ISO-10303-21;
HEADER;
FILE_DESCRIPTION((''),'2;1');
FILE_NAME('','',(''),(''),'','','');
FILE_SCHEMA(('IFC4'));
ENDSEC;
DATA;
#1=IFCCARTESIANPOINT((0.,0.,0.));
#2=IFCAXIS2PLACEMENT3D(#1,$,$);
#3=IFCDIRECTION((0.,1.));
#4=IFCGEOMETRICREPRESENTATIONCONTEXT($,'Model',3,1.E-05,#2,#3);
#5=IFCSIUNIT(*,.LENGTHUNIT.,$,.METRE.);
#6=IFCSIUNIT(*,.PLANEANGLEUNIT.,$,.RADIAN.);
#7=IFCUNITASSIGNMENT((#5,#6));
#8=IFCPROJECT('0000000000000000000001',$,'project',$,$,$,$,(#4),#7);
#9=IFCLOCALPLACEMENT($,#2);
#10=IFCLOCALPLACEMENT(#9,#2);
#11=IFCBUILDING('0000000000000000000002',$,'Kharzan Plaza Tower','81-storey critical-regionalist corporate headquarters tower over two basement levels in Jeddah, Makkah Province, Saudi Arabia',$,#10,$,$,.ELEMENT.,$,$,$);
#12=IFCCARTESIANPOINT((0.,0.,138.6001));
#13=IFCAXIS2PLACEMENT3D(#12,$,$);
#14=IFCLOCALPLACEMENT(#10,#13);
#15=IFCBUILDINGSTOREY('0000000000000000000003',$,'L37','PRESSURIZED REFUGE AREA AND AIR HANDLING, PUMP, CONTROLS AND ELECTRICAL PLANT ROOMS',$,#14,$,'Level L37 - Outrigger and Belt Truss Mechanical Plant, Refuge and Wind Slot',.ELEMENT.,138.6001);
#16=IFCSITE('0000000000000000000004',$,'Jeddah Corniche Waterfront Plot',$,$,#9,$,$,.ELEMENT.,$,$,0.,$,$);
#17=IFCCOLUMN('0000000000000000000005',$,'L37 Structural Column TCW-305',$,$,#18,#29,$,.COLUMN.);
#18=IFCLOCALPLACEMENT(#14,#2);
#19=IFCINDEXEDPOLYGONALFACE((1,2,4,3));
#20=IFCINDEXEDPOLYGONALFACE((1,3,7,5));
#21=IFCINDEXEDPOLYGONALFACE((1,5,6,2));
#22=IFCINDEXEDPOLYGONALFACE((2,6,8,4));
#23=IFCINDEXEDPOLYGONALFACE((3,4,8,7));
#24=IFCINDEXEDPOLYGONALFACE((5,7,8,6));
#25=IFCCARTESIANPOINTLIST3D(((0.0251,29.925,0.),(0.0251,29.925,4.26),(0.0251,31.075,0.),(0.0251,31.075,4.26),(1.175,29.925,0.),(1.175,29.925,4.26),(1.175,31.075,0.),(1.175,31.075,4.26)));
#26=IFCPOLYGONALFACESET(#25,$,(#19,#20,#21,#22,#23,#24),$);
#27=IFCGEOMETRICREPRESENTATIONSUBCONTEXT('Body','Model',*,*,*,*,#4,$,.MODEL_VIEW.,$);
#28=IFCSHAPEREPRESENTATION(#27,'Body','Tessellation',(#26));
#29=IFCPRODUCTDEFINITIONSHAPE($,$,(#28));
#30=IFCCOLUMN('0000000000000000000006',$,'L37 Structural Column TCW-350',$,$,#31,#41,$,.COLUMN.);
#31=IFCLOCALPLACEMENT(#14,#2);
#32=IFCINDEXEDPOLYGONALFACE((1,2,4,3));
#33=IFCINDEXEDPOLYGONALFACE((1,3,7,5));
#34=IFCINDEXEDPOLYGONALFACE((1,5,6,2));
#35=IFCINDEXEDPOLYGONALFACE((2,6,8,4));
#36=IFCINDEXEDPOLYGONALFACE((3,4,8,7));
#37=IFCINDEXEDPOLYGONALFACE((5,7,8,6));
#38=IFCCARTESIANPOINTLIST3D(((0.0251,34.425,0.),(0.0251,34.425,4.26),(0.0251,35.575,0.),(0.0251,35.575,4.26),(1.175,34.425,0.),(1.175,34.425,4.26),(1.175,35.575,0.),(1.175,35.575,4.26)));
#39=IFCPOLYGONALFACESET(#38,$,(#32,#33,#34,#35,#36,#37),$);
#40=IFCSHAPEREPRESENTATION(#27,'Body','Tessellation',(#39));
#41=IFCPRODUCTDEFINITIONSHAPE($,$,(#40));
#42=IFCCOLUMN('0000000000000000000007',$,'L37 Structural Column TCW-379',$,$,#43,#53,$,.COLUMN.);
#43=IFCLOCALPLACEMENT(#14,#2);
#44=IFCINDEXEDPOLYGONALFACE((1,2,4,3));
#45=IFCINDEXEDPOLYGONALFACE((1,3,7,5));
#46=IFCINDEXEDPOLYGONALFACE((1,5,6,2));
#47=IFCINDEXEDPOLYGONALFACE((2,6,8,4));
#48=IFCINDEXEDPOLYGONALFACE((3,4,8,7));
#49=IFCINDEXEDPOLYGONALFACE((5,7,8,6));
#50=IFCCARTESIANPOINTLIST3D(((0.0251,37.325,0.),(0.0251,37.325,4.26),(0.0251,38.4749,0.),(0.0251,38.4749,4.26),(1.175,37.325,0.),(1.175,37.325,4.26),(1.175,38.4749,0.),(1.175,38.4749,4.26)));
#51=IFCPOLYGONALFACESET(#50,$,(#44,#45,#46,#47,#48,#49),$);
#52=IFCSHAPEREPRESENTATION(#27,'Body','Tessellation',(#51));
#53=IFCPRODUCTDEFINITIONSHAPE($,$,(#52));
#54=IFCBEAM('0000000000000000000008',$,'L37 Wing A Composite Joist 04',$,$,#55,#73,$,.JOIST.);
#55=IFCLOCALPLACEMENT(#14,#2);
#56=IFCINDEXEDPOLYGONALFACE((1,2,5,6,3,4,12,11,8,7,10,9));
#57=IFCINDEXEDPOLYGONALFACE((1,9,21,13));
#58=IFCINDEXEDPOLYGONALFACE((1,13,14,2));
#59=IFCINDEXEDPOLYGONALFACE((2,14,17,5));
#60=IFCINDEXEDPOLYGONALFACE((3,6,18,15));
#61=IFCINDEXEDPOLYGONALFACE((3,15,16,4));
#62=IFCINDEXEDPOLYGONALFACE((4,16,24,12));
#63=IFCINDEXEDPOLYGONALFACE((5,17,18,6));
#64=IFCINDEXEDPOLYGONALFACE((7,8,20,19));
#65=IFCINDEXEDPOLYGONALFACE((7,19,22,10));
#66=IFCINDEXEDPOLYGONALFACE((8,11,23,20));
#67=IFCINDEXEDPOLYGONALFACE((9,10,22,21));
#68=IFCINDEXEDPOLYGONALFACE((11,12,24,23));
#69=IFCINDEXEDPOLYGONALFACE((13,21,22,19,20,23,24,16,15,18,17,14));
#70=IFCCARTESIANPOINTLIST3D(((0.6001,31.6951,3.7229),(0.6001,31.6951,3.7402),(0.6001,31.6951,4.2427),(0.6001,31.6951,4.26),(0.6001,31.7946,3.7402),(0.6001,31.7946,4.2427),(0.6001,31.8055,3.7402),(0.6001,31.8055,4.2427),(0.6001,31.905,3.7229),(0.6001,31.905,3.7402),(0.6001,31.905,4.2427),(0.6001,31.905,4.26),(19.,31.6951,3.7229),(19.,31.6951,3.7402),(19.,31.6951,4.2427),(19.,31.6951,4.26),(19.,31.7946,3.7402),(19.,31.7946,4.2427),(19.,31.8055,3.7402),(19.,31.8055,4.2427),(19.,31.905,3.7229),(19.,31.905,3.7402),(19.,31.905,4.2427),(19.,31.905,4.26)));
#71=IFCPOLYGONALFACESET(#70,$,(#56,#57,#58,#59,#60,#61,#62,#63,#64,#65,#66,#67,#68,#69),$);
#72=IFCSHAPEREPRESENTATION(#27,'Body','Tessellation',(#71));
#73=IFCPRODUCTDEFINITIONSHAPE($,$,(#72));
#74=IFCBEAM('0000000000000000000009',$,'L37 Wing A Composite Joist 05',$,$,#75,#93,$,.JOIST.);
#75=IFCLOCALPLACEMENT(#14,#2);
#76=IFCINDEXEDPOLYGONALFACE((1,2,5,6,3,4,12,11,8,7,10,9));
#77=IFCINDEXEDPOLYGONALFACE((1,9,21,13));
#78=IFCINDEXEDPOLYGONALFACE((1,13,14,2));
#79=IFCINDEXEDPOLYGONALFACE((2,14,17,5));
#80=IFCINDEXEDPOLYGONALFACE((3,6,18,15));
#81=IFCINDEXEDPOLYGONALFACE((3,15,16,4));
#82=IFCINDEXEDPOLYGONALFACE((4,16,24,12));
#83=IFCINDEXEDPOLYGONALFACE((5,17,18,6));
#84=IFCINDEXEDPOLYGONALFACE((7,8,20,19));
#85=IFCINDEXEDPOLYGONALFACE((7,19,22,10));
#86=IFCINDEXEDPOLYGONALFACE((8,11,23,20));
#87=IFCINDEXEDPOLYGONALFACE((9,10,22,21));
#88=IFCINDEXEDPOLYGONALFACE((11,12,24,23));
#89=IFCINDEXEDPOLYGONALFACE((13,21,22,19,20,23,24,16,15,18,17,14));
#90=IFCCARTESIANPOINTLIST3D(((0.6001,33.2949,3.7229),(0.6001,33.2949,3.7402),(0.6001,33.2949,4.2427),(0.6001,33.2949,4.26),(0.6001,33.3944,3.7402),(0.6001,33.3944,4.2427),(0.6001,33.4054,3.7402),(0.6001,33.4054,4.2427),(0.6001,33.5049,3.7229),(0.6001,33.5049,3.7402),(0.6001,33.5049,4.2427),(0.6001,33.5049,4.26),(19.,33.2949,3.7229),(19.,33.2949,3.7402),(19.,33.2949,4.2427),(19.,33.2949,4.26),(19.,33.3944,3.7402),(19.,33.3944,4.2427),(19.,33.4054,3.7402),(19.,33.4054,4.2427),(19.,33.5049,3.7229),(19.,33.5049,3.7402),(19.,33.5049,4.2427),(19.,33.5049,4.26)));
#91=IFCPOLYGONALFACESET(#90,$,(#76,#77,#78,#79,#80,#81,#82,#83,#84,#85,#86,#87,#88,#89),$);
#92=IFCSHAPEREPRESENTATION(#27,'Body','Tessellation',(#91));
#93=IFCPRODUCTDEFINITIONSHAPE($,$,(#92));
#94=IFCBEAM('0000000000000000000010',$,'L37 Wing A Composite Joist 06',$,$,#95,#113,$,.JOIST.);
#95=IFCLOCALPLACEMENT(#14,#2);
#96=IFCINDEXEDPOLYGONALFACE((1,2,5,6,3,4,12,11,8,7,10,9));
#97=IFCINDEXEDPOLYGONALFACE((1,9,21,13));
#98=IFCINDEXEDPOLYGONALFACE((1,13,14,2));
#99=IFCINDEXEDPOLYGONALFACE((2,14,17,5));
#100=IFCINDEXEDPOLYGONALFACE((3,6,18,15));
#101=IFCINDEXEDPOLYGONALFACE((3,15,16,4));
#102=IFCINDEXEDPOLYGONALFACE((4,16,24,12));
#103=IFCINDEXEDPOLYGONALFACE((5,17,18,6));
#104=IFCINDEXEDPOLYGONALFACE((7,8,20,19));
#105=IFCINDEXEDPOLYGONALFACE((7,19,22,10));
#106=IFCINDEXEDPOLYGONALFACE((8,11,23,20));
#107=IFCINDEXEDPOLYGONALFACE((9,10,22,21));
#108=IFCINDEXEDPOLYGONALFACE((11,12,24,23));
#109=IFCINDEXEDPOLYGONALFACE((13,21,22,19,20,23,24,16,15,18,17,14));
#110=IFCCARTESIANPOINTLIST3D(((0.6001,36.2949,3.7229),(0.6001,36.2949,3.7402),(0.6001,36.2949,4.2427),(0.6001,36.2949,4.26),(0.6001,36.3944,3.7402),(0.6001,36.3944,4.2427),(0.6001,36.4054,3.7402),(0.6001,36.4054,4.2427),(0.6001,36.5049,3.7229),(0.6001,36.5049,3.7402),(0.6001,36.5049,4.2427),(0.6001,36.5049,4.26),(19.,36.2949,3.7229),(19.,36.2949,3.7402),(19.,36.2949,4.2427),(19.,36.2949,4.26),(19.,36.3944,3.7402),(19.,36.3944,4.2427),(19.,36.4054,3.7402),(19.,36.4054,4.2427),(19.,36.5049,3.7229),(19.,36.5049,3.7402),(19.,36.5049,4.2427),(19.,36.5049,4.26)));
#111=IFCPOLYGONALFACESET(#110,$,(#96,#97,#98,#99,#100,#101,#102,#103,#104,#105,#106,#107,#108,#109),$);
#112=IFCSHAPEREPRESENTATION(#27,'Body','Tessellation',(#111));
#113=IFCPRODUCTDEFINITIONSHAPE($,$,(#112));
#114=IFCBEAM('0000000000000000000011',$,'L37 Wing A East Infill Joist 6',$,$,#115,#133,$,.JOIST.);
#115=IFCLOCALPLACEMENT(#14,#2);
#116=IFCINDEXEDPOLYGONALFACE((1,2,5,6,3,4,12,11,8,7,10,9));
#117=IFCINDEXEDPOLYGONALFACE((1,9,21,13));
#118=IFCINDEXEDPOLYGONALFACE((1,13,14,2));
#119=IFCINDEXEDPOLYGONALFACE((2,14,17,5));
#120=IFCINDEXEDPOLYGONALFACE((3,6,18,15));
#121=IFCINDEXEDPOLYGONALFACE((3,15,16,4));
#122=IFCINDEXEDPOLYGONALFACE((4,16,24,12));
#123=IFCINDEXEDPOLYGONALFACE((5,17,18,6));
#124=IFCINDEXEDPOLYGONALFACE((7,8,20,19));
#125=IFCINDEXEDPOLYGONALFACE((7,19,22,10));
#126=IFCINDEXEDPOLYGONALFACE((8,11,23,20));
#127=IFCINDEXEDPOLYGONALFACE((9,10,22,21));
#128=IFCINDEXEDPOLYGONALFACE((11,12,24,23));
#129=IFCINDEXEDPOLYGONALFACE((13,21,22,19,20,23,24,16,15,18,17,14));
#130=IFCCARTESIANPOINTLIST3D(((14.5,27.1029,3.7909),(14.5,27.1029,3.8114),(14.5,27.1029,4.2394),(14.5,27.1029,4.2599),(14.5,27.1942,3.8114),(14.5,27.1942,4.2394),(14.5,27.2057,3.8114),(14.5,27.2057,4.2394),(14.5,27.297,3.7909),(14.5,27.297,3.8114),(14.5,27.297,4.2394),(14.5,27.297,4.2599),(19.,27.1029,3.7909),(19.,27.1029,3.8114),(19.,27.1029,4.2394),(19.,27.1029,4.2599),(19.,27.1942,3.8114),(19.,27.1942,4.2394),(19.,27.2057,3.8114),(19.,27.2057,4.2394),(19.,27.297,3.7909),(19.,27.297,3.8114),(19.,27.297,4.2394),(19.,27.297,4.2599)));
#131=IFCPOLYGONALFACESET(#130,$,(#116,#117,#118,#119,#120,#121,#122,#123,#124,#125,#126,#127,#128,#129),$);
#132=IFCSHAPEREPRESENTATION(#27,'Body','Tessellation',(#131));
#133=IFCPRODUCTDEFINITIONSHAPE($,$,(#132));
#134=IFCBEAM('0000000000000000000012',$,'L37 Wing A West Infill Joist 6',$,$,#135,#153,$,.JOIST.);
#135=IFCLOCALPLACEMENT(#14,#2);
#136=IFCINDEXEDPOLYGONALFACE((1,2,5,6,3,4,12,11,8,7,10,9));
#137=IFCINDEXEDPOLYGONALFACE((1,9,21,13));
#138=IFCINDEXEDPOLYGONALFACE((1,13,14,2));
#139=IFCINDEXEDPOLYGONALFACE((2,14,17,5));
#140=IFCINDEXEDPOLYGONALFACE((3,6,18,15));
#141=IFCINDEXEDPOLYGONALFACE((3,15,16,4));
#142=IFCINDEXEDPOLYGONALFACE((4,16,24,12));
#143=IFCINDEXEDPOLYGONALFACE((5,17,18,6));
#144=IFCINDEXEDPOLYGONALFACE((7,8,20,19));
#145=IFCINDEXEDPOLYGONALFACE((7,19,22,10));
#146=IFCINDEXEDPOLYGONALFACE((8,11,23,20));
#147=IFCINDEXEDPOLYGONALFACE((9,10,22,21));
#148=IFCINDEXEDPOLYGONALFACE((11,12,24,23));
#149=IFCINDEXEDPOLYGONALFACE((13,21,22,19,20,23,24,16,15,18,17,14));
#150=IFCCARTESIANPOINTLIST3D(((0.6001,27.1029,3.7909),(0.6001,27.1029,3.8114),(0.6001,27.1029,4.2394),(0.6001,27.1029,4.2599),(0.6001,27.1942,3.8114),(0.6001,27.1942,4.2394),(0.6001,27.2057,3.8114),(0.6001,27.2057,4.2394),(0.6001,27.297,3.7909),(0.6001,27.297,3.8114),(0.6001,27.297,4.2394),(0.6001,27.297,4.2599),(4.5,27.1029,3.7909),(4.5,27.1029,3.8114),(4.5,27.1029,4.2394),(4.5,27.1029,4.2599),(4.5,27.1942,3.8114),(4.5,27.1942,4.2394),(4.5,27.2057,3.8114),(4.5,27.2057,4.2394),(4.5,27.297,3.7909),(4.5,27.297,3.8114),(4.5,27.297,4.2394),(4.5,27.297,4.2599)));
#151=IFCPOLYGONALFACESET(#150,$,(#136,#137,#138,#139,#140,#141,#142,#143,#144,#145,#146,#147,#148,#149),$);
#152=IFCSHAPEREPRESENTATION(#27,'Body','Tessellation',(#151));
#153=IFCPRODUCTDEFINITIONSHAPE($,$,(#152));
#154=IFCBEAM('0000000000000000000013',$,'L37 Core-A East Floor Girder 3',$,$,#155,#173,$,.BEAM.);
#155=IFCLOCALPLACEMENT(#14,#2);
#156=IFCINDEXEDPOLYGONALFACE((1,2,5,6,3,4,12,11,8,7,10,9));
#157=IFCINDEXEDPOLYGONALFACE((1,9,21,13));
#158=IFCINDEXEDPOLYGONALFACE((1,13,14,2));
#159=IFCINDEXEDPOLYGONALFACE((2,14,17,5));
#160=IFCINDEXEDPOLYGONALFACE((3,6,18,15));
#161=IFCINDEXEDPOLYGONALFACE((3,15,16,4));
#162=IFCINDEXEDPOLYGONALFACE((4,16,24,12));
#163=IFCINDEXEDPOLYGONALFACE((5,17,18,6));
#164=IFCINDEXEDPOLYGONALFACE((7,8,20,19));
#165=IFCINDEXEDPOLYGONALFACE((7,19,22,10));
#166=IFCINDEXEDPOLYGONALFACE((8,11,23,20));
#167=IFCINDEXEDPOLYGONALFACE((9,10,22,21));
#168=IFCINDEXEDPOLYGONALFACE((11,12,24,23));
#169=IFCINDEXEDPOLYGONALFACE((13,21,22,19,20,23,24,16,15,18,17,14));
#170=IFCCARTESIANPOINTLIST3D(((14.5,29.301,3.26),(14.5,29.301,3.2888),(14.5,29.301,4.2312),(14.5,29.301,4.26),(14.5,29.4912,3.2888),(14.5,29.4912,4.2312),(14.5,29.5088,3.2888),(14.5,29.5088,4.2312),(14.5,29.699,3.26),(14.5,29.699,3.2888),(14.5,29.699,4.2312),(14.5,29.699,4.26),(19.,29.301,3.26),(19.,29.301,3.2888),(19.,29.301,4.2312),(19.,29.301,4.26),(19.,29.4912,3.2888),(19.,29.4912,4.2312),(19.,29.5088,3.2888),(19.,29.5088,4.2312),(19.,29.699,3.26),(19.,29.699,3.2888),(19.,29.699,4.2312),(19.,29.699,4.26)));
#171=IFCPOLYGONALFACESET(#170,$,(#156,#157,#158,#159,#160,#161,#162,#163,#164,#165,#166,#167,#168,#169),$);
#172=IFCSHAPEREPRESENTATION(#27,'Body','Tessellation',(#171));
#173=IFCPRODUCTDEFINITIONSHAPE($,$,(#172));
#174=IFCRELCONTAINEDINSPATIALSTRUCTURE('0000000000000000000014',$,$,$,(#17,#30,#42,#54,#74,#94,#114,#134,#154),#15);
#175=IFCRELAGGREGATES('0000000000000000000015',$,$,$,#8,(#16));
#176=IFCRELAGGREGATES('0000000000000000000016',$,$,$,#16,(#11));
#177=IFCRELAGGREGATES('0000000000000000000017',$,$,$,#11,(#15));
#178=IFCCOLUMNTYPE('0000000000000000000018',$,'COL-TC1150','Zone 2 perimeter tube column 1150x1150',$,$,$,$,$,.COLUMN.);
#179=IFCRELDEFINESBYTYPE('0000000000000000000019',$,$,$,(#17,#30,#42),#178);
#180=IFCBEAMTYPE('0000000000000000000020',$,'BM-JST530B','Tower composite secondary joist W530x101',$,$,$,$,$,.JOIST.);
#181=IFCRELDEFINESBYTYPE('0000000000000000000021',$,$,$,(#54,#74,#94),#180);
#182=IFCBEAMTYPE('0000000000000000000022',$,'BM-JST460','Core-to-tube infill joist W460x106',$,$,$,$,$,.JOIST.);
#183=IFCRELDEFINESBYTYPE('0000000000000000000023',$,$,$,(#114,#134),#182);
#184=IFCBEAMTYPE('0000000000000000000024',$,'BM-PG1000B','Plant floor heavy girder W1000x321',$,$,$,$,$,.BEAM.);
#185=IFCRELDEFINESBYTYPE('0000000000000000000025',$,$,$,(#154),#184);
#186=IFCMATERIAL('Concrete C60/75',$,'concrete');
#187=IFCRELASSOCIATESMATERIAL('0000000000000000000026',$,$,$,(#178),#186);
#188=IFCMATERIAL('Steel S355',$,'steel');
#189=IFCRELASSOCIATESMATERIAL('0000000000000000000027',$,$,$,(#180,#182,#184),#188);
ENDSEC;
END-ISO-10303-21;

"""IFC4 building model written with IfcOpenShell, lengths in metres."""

from ifc_helpers import new_model, si_unit, direction, frame, origin, origin_2d, place, context, subcontext, project, spatial, rectangle, i_section, extrude, source, transform, mapped, material, material_profile, profile_set, type_object, element, save


model = new_model("IFC4")

# Units and contexts
model_context = context("Model", 3, precision=1e-05, world=origin(), true_north=direction((0.0, 1.0)))
body_context = subcontext(model_context, "Body", "Model", "MODEL_VIEW")
ifc_project = project(units=[si_unit("LENGTHUNIT", "METRE"), si_unit("PLANEANGLEUNIT", "RADIAN")], contexts=[model_context])

# Site, building, storey
site_placement = place(None, origin())
site = spatial("IfcSite", under=ifc_project, at=site_placement, Name="Jeddah Corniche Waterfront Plot", CompositionType="ELEMENT", RefElevation=0.0)
building_placement = place(site_placement, origin())
building = spatial("IfcBuilding", under=site, at=building_placement, Name="Kharzan Plaza Tower", Description="81-storey critical-regionalist corporate headquarters tower over two basement levels in Jeddah, Makkah Province, Saudi Arabia", CompositionType="ELEMENT")
storey_placement = place(building_placement, frame((0.0, 0.0, 138.6001)))
storey = spatial("IfcBuildingStorey", under=building, at=storey_placement, Name="L37", Description="PRESSURIZED REFUGE AREA AND AIR HANDLING, PUMP, CONTROLS AND ELECTRICAL PLANT ROOMS", LongName="Level L37 - Outrigger and Belt Truss Mechanical Plant, Refuge and Wind Slot", CompositionType="ELEMENT", Elevation=138.6001)

# Columns
ifc_material_1 = material(Name="Concrete C60/75", Category="concrete")
ifc_material_profile_1 = material_profile(ifc_material_1, rectangle(XDim=1.1499, YDim=1.1499, at=origin_2d()), Name="RC-TC1150x1150")
ifc_profile_set_1 = profile_set([ifc_material_profile_1], Name="Concrete C60/75")
column_type = type_object("IfcColumnType", Name="COL-TC1150", Description="Zone 2 perimeter tube column 1150x1150", PredefinedType="COLUMN", material=ifc_profile_set_1)
shared_shape_1 = source(origin(), body_context, "Body", "SweptSolid", [
    extrude(rectangle(XDim=1.1499, YDim=1.1499, at=origin_2d()), origin(), (0.0, 0.0, 1.0), 4.26),
])
for number, where, z_axis, x_axis, name in (
    (1, (0.6001, 30.5, 0.0), (0.0, 0.0, 1.0), (1.0, 0.0, 0.0), "L37 Structural Column TCW-305"),
    (2, (0.6001, 35.0, 0.0), (0.0, 0.0, 1.0), (1.0, 0.0, 0.0), "L37 Structural Column TCW-350"),
    (3, (0.6001, 37.8999, 0.0), (0.0, 0.0, 1.0), (1.0, 0.0, 0.0), "L37 Structural Column TCW-379"),
):
    element("IfcColumn", number, at=place(storey_placement, frame(where, z_axis=z_axis, x_axis=x_axis)), inside=storey, type_object=column_type, Name=name, PredefinedType="COLUMN", context=body_context, shape_type="MappedRepresentation", body=[
        mapped(shared_shape_1, transform((0.0, 0.0, 0.0), x_axis=(1.0, 0.0, 0.0), y_axis=(0.0, 1.0, 0.0), z_axis=(0.0, 0.0, 1.0))),
    ])

# Beams
ifc_material_2 = material(Name="Steel S355", Category="steel")
ifc_material_profile_2 = material_profile(ifc_material_2, i_section(OverallWidth=0.21, OverallDepth=0.5371, WebThickness=0.011, FlangeThickness=0.0173, at=origin_2d()), Name="W530x101")
ifc_profile_set_2 = profile_set([ifc_material_profile_2], Name="Steel S355")
beam_type_1 = type_object("IfcBeamType", Name="BM-JST530B", Description="Tower composite secondary joist W530x101", PredefinedType="JOIST", material=ifc_profile_set_2)
shared_shape_2 = source(origin(), body_context, "Body", "SweptSolid", [
    extrude(i_section(OverallWidth=0.21, OverallDepth=0.5371, WebThickness=0.011, FlangeThickness=0.0173, at=origin_2d()), origin(), (0.0, 0.0, 1.0), 18.3999),
])
for number, where, z_axis, x_axis, name in (
    (4, (0.6001, 31.8, 3.9915), (1.0, 0.0, 0.0), (0.0, 1.0, 0.0), "L37 Wing A Composite Joist 04"),
    (5, (0.6001, 33.3999, 3.9915), (1.0, 0.0, 0.0), (0.0, 1.0, 0.0), "L37 Wing A Composite Joist 05"),
    (6, (0.6001, 36.3999, 3.9915), (1.0, 0.0, 0.0), (0.0, 1.0, 0.0), "L37 Wing A Composite Joist 06"),
):
    element("IfcBeam", number, at=place(storey_placement, frame(where, z_axis=z_axis, x_axis=x_axis)), inside=storey, type_object=beam_type_1, Name=name, PredefinedType="JOIST", context=body_context, shape_type="MappedRepresentation", body=[
        mapped(shared_shape_2, transform((0.0, 0.0, 0.0), x_axis=(1.0, 0.0, 0.0), y_axis=(0.0, 1.0, 0.0), z_axis=(0.0, 0.0, 1.0))),
    ])
ifc_material_profile_3 = material_profile(ifc_material_2, i_section(OverallWidth=0.1941, OverallDepth=0.469, WebThickness=0.0115, FlangeThickness=0.0205, at=origin_2d()), Name="W460x106")
ifc_profile_set_3 = profile_set([ifc_material_profile_3], Name="Steel S355")
beam_type_2 = type_object("IfcBeamType", Name="BM-JST460", Description="Core-to-tube infill joist W460x106", PredefinedType="JOIST", material=ifc_profile_set_3)
shared_shape_3 = source(origin(), body_context, "Body", "SweptSolid", [
    extrude(i_section(OverallWidth=0.1941, OverallDepth=0.469, WebThickness=0.0115, FlangeThickness=0.0205, at=origin_2d()), origin(), (0.0, 0.0, 1.0), 4.5),
])
beam_1_placement = place(storey_placement, frame((14.5, 27.2, 4.0254), z_axis=(1.0, 0.0, 0.0), x_axis=(0.0, 1.0, 0.0)))
element("IfcBeam", 7, at=beam_1_placement, inside=storey, type_object=beam_type_2, Name="L37 Wing A East Infill Joist 6", PredefinedType="JOIST", context=body_context, shape_type="MappedRepresentation", body=[
    mapped(shared_shape_3, transform((0.0, 0.0, 0.0), x_axis=(1.0, 0.0, 0.0), y_axis=(0.0, 1.0, 0.0), z_axis=(0.0, 0.0, 1.0))),
])
shared_shape_4 = source(origin(), body_context, "Body", "SweptSolid", [
    extrude(i_section(OverallWidth=0.1941, OverallDepth=0.469, WebThickness=0.0115, FlangeThickness=0.0205, at=origin_2d()), origin(), (0.0, 0.0, 1.0), 3.8999),
])
beam_2_placement = place(storey_placement, frame((0.6001, 27.2, 4.0254), z_axis=(1.0, 0.0, 0.0), x_axis=(0.0, 1.0, 0.0)))
element("IfcBeam", 8, at=beam_2_placement, inside=storey, type_object=beam_type_2, Name="L37 Wing A West Infill Joist 6", PredefinedType="JOIST", context=body_context, shape_type="MappedRepresentation", body=[
    mapped(shared_shape_4, transform((0.0, 0.0, 0.0), x_axis=(1.0, 0.0, 0.0), y_axis=(0.0, 1.0, 0.0), z_axis=(0.0, 0.0, 1.0))),
])
ifc_material_profile_4 = material_profile(ifc_material_2, i_section(OverallWidth=0.3979, OverallDepth=1.0, WebThickness=0.0176, FlangeThickness=0.0288, at=origin_2d()), Name="W1000x321")
ifc_profile_set_4 = profile_set([ifc_material_profile_4], Name="Steel S355")
beam_type_3 = type_object("IfcBeamType", Name="BM-PG1000B", Description="Plant floor heavy girder W1000x321", PredefinedType="BEAM", material=ifc_profile_set_4)
shared_shape_5 = source(origin(), body_context, "Body", "SweptSolid", [
    extrude(i_section(OverallWidth=0.3979, OverallDepth=1.0, WebThickness=0.0176, FlangeThickness=0.0288, at=origin_2d()), origin(), (0.0, 0.0, 1.0), 4.5),
])
beam_3_placement = place(storey_placement, frame((14.5, 29.5, 3.76), z_axis=(1.0, 0.0, 0.0), x_axis=(0.0, 1.0, 0.0)))
element("IfcBeam", 9, at=beam_3_placement, inside=storey, type_object=beam_type_3, Name="L37 Core-A East Floor Girder 3", PredefinedType="BEAM", context=body_context, shape_type="MappedRepresentation", body=[
    mapped(shared_shape_5, transform((0.0, 0.0, 0.0), x_axis=(1.0, 0.0, 0.0), y_axis=(0.0, 1.0, 0.0), z_axis=(0.0, 0.0, 1.0))),
])

save(model, "model.ifc")
